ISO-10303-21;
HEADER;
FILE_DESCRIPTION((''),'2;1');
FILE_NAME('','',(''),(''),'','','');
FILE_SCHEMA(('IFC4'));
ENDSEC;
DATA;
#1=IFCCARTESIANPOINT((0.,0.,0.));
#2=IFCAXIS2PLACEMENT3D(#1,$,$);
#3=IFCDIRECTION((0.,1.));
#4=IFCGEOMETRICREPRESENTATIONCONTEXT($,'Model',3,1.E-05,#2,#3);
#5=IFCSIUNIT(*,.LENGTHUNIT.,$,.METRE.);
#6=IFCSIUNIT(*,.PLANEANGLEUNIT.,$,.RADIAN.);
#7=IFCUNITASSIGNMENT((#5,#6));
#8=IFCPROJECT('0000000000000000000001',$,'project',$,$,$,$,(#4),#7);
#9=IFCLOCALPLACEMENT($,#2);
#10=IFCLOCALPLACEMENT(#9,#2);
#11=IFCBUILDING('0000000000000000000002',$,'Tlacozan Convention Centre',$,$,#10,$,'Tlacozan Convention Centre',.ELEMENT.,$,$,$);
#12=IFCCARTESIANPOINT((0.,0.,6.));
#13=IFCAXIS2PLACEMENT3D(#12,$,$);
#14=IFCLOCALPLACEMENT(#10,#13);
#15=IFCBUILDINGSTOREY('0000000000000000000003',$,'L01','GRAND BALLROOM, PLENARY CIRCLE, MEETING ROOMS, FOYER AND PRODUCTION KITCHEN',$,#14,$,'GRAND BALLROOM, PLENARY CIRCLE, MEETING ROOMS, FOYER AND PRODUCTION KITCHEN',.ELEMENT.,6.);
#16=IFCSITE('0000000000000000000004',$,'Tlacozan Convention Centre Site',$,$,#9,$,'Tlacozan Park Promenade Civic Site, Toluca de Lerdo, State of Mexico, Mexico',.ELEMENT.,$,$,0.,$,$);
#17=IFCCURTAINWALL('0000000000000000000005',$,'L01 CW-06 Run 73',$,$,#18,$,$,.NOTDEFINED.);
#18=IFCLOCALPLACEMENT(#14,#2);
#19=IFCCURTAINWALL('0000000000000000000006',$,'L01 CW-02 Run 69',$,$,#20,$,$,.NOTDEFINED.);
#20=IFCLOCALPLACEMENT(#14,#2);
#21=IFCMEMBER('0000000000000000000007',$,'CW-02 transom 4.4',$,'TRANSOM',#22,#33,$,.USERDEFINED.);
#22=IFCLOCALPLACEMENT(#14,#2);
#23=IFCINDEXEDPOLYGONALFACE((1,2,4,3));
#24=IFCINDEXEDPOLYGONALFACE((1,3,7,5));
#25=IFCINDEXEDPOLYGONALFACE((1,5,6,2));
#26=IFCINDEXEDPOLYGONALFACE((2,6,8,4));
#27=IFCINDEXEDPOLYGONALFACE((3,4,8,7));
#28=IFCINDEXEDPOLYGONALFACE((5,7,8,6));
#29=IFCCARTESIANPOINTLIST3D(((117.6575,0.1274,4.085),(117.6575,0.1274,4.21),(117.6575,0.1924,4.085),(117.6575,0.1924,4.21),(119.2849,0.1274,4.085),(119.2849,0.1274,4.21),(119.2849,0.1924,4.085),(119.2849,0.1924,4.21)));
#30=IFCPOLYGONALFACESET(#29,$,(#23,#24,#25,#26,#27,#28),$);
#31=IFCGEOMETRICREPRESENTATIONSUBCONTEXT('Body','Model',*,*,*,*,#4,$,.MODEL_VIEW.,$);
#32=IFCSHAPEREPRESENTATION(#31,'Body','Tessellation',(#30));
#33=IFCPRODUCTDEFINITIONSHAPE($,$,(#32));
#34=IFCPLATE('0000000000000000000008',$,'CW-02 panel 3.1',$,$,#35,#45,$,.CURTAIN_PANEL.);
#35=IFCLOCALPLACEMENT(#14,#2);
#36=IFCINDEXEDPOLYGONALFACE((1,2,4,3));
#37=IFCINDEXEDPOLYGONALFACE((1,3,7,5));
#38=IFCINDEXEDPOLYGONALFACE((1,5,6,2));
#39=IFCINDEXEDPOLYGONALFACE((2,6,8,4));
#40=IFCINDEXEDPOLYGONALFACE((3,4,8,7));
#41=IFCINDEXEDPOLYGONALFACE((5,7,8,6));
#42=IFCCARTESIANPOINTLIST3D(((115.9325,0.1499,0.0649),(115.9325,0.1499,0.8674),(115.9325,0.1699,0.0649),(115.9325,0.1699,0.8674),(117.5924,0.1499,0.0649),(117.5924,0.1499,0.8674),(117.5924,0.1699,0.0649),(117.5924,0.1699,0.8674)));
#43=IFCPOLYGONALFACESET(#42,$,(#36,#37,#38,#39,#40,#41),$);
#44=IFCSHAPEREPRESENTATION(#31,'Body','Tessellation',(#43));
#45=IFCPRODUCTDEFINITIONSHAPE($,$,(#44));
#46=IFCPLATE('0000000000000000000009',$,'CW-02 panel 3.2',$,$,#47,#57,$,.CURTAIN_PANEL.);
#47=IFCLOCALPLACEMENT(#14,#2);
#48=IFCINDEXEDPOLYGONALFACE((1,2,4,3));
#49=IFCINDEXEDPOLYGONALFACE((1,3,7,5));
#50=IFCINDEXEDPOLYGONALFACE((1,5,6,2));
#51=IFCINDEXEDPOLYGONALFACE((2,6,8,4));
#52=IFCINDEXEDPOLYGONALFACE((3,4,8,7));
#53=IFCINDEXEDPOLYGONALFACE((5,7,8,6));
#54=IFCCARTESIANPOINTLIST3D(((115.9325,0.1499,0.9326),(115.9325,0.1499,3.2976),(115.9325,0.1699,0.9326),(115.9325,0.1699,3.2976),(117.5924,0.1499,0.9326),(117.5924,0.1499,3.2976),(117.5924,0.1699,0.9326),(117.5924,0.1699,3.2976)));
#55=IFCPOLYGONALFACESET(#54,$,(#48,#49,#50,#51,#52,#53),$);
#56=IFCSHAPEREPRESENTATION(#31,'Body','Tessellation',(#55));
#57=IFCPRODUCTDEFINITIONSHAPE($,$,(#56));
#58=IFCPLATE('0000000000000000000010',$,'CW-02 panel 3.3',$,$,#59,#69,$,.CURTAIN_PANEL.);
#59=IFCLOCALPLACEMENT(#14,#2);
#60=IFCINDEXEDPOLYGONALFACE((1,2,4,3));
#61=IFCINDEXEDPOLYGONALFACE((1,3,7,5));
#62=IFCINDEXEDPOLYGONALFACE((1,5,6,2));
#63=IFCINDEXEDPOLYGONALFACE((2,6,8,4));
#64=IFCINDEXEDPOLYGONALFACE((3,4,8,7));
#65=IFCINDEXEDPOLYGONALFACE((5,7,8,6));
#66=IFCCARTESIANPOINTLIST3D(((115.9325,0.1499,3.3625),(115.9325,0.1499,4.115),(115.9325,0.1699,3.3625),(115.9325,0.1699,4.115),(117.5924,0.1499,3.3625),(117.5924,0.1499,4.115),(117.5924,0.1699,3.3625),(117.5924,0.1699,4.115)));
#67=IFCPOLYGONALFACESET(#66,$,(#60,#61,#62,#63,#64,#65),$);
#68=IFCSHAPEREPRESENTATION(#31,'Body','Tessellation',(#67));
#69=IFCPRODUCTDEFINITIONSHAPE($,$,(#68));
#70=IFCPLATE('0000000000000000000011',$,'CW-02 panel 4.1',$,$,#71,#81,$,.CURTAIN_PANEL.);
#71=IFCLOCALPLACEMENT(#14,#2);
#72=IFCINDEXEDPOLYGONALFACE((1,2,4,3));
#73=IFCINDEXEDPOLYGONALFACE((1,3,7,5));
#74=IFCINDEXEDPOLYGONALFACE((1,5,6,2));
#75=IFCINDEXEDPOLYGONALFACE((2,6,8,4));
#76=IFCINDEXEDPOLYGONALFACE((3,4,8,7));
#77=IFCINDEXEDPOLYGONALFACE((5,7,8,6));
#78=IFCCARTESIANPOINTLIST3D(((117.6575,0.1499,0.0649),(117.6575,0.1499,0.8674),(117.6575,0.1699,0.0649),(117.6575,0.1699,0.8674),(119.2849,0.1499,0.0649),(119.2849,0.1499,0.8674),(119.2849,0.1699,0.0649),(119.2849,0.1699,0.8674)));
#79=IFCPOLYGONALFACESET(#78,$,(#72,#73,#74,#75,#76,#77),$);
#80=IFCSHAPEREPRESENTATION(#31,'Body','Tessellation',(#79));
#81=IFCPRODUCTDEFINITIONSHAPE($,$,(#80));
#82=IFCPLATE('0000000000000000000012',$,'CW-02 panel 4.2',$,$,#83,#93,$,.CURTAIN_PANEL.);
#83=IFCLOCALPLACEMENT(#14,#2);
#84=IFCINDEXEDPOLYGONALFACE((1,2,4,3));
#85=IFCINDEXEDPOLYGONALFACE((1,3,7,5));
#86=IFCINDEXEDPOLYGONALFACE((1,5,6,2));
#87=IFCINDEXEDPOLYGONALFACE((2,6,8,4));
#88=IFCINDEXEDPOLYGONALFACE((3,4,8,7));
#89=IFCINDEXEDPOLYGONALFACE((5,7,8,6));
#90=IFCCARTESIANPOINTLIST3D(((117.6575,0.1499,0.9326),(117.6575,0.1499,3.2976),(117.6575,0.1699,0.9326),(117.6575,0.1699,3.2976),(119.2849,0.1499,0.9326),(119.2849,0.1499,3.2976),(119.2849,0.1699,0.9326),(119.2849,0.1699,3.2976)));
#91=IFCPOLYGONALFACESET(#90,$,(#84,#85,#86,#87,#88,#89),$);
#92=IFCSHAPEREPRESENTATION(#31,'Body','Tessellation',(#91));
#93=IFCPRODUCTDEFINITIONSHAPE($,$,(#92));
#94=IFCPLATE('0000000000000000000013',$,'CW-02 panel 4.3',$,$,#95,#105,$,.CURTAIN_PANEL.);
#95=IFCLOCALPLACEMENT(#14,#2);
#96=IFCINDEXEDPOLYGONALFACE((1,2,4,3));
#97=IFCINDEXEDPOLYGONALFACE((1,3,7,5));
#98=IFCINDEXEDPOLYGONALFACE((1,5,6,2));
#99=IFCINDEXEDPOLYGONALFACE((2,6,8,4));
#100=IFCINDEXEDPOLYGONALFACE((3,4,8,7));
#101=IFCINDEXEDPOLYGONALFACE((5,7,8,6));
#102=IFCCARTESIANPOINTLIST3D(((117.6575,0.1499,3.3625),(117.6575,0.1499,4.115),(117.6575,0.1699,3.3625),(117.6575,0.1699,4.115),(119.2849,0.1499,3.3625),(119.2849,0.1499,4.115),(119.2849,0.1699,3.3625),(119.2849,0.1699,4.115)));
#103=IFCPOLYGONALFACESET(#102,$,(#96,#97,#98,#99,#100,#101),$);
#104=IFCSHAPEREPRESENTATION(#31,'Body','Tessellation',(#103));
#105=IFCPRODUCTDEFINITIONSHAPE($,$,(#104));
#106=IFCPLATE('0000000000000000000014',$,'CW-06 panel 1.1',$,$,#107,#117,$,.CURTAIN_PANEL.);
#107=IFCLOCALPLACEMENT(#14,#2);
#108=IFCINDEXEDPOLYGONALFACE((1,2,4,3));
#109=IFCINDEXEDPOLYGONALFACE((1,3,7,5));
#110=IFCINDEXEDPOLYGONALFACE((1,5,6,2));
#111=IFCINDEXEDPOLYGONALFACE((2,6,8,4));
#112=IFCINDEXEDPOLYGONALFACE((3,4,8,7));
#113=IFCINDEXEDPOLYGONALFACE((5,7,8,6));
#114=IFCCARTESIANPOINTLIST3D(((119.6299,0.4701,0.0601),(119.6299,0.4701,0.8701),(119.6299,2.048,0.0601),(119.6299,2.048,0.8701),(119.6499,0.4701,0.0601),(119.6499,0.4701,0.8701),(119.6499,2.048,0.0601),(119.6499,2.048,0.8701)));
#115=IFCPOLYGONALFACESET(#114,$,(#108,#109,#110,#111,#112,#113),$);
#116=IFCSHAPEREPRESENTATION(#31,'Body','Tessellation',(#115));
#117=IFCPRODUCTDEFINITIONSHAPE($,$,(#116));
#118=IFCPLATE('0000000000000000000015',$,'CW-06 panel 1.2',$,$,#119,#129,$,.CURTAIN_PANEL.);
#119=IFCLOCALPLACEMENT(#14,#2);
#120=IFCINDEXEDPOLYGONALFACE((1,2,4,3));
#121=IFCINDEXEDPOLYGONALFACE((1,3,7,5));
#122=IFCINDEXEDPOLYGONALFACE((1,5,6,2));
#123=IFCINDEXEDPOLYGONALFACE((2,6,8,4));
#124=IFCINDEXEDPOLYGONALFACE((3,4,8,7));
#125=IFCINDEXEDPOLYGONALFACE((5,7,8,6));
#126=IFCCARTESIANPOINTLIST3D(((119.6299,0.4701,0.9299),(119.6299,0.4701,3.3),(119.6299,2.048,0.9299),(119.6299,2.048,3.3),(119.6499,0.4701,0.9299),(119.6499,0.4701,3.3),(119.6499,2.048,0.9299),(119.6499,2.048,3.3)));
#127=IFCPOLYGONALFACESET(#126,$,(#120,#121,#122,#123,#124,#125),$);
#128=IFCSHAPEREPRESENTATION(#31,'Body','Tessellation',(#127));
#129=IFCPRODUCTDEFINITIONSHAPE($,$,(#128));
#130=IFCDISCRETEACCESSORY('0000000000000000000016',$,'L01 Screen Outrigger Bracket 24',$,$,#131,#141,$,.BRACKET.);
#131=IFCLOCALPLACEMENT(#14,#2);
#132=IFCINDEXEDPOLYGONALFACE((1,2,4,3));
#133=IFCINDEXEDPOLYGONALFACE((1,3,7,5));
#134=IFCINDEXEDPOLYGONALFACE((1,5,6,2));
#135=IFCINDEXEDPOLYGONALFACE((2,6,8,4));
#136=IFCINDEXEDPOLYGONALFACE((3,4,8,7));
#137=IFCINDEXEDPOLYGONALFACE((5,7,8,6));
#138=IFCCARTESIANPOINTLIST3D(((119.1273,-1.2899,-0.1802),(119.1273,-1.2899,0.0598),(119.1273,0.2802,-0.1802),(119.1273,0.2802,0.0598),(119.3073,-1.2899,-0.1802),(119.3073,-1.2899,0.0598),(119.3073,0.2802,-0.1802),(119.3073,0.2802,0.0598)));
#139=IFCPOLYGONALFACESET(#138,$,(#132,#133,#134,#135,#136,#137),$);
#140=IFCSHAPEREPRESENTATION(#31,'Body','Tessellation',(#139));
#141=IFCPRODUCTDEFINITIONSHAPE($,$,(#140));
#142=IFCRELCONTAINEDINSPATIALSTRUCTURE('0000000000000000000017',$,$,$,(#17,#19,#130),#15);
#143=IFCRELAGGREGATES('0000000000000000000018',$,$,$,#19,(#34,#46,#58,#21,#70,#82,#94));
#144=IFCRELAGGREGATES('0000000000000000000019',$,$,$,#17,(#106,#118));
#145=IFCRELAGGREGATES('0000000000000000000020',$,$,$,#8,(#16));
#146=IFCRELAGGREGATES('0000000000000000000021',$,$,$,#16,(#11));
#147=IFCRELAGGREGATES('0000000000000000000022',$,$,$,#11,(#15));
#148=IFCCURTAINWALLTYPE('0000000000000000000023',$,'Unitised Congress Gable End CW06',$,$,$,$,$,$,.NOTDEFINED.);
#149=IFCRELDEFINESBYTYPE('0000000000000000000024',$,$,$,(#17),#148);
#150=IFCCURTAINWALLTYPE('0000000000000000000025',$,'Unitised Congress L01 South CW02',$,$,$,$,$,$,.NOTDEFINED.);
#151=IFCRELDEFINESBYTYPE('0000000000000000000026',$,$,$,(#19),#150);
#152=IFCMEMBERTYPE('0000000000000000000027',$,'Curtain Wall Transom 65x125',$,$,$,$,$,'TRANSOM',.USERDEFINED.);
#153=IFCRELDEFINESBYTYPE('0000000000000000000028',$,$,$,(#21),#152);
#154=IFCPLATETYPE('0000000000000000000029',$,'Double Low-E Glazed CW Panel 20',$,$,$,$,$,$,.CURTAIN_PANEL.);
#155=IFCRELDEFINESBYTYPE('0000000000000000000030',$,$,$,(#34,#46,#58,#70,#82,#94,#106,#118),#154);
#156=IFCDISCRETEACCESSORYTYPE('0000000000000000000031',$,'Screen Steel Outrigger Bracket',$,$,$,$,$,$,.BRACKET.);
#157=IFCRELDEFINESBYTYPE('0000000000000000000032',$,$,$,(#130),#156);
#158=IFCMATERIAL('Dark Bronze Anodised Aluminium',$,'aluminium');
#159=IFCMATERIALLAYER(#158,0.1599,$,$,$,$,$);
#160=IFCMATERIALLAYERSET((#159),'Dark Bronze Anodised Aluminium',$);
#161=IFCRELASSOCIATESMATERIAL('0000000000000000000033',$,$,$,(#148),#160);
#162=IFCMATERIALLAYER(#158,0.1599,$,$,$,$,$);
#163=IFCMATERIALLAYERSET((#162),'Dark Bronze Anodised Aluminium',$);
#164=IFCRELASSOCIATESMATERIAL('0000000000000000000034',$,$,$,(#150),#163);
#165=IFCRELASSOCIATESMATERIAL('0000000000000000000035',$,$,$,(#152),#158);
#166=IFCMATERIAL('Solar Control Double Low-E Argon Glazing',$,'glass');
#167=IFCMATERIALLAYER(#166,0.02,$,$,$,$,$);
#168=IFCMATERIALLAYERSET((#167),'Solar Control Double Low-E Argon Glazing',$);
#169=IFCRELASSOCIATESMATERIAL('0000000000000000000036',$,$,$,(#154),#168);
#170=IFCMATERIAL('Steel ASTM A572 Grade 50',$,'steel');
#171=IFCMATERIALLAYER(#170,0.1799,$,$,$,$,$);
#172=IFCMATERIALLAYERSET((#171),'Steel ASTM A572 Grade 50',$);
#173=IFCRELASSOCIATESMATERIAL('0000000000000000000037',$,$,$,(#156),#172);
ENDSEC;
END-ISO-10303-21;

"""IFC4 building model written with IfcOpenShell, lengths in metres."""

from ifc_helpers import new_model, si_unit, direction, frame, origin, origin_2d, place, context, subcontext, project, spatial, rectangle, extrude, material, layer, layer_set, material_profile, profile_set, type_object, element, aggregate, save


model = new_model("IFC4")

# Units and contexts
model_context = context("Model", 3, precision=1e-05, world=origin(), true_north=direction((0.0, 1.0)))
body_context = subcontext(model_context, "Body", "Model", "MODEL_VIEW")
ifc_project = project(units=[si_unit("LENGTHUNIT", "METRE"), si_unit("PLANEANGLEUNIT", "RADIAN")], contexts=[model_context])

# Site, building, storey
site_placement = place(None, origin())
site = spatial("IfcSite", under=ifc_project, at=site_placement, Name="Tlacozan Convention Centre Site", LongName="Tlacozan Park Promenade Civic Site, Toluca de Lerdo, State of Mexico, Mexico", CompositionType="ELEMENT", RefElevation=0.0)
building_placement = place(site_placement, origin())
building = spatial("IfcBuilding", under=site, at=building_placement, Name="Tlacozan Convention Centre", LongName="Tlacozan Convention Centre", CompositionType="ELEMENT")
storey_placement = place(building_placement, frame((0.0, 0.0, 6.0)))
storey = spatial("IfcBuildingStorey", under=building, at=storey_placement, Name="L01", Description="GRAND BALLROOM, PLENARY CIRCLE, MEETING ROOMS, FOYER AND PRODUCTION KITCHEN", LongName="GRAND BALLROOM, PLENARY CIRCLE, MEETING ROOMS, FOYER AND PRODUCTION KITCHEN", CompositionType="ELEMENT", Elevation=6.0)

# Curtain wall
ifc_material_1 = material(Name="Dark Bronze Anodised Aluminium", Category="aluminium")
ifc_layer_1 = layer(ifc_material_1, 0.1599)
ifc_layer_set_1 = layer_set([ifc_layer_1], Name="Dark Bronze Anodised Aluminium")
curtain_wall_type_1 = type_object("IfcCurtainWallType", Name="Unitised Congress Gable End CW06", PredefinedType="NOTDEFINED", material=ifc_layer_set_1)
curtain_wall_1_placement = place(storey_placement, origin())
curtain_wall_1 = element("IfcCurtainWall", 1, at=curtain_wall_1_placement, inside=storey, type_object=curtain_wall_type_1, Name="L01 CW-06 Run 73", PredefinedType="NOTDEFINED")

# Curtain wall, member, plates
ifc_layer_2 = layer(ifc_material_1, 0.1599)
ifc_layer_set_2 = layer_set([ifc_layer_2], Name="Dark Bronze Anodised Aluminium")
curtain_wall_type_2 = type_object("IfcCurtainWallType", Name="Unitised Congress L01 South CW02", PredefinedType="NOTDEFINED", material=ifc_layer_set_2)
curtain_wall_2_placement = place(storey_placement, origin())
curtain_wall_2 = element("IfcCurtainWall", 2, at=curtain_wall_2_placement, inside=storey, type_object=curtain_wall_type_2, Name="L01 CW-02 Run 69", PredefinedType="NOTDEFINED")
ifc_material_profile_1 = material_profile(ifc_material_1, rectangle(XDim=0.0649, YDim=0.125, at=origin_2d()), Name="ALU 65x125")
ifc_profile_set_1 = profile_set([ifc_material_profile_1], Name="Dark Bronze Anodised Aluminium")
member_type_1 = type_object("IfcMemberType", Name="Curtain Wall Transom 65x125", ElementType="TRANSOM", PredefinedType="USERDEFINED", material=ifc_profile_set_1)
member_1_placement = place(storey_placement, frame((117.6575, 0.1599, 4.1475), z_axis=(1.0, 0.0, 0.0), x_axis=(0.0, 1.0, 0.0)))
member_1 = element("IfcMember", 3, at=member_1_placement, type_object=member_type_1, Name="CW-02 transom 4.4", ObjectType="TRANSOM", PredefinedType="USERDEFINED", context=body_context, shape_type="SweptSolid", body=[
    extrude(rectangle(XDim=0.0649, YDim=0.125, at=origin_2d()), origin(), (0.0, 0.0, 1.0), 1.6274),
])
ifc_material_2 = material(Name="Solar Control Double Low-E Argon Glazing", Category="glass")
ifc_layer_3 = layer(ifc_material_2, 0.02)
ifc_layer_set_3 = layer_set([ifc_layer_3], Name="Solar Control Double Low-E Argon Glazing")
plate_type = type_object("IfcPlateType", Name="Double Low-E Glazed CW Panel 20", PredefinedType="CURTAIN_PANEL", material=ifc_layer_set_3)
plate_1_placement = place(storey_placement, frame((116.7625, 0.1599, 0.0649), z_axis=(0.0, 0.0, 1.0), x_axis=(1.0, 0.0, 0.0)))
plate_1 = element("IfcPlate", 4, at=plate_1_placement, type_object=plate_type, Name="CW-02 panel 3.1", PredefinedType="CURTAIN_PANEL", context=body_context, shape_type="SweptSolid", body=[
    extrude(rectangle(XDim=1.6599, YDim=0.02, at=origin_2d()), origin(), (0.0, 0.0, 1.0), 0.8025),
])
plate_2_placement = place(storey_placement, frame((116.7625, 0.1599, 0.9326), z_axis=(0.0, 0.0, 1.0), x_axis=(1.0, 0.0, 0.0)))
plate_2 = element("IfcPlate", 5, at=plate_2_placement, type_object=plate_type, Name="CW-02 panel 3.2", PredefinedType="CURTAIN_PANEL", context=body_context, shape_type="SweptSolid", body=[
    extrude(rectangle(XDim=1.6599, YDim=0.02, at=origin_2d()), origin(), (0.0, 0.0, 1.0), 2.365),
])
plate_3_placement = place(storey_placement, frame((116.7625, 0.1599, 3.3625), z_axis=(0.0, 0.0, 1.0), x_axis=(1.0, 0.0, 0.0)))
plate_3 = element("IfcPlate", 6, at=plate_3_placement, type_object=plate_type, Name="CW-02 panel 3.3", PredefinedType="CURTAIN_PANEL", context=body_context, shape_type="SweptSolid", body=[
    extrude(rectangle(XDim=1.6599, YDim=0.02, at=origin_2d()), origin(), (0.0, 0.0, 1.0), 0.7524),
])
plate_4_placement = place(storey_placement, frame((118.4712, 0.1599, 0.0649), z_axis=(0.0, 0.0, 1.0), x_axis=(1.0, 0.0, 0.0)))
plate_4 = element("IfcPlate", 7, at=plate_4_placement, type_object=plate_type, Name="CW-02 panel 4.1", PredefinedType="CURTAIN_PANEL", context=body_context, shape_type="SweptSolid", body=[
    extrude(rectangle(XDim=1.6274, YDim=0.02, at=origin_2d()), origin(), (0.0, 0.0, 1.0), 0.8025),
])
plate_5_placement = place(storey_placement, frame((118.4712, 0.1599, 0.9326), z_axis=(0.0, 0.0, 1.0), x_axis=(1.0, 0.0, 0.0)))
plate_5 = element("IfcPlate", 8, at=plate_5_placement, type_object=plate_type, Name="CW-02 panel 4.2", PredefinedType="CURTAIN_PANEL", context=body_context, shape_type="SweptSolid", body=[
    extrude(rectangle(XDim=1.6274, YDim=0.02, at=origin_2d()), origin(), (0.0, 0.0, 1.0), 2.365),
])
plate_6_placement = place(storey_placement, frame((118.4712, 0.1599, 3.3625), z_axis=(0.0, 0.0, 1.0), x_axis=(1.0, 0.0, 0.0)))
plate_6 = element("IfcPlate", 9, at=plate_6_placement, type_object=plate_type, Name="CW-02 panel 4.3", PredefinedType="CURTAIN_PANEL", context=body_context, shape_type="SweptSolid", body=[
    extrude(rectangle(XDim=1.6274, YDim=0.02, at=origin_2d()), origin(), (0.0, 0.0, 1.0), 0.7524),
])
aggregate(curtain_wall_2, [plate_1, plate_2, plate_3, member_1, plate_4, plate_5, plate_6])

# Plates
plate_7_placement = place(storey_placement, frame((119.6399, 1.259, 0.0601), z_axis=(0.0, 0.0, 1.0), x_axis=(0.0, 1.0, 0.0)))
plate_7 = element("IfcPlate", 10, at=plate_7_placement, type_object=plate_type, Name="CW-06 panel 1.1", PredefinedType="CURTAIN_PANEL", context=body_context, shape_type="SweptSolid", body=[
    extrude(rectangle(XDim=1.5779, YDim=0.02, at=origin_2d()), origin(), (0.0, 0.0, 1.0), 0.8101),
])
plate_8_placement = place(storey_placement, frame((119.6399, 1.259, 0.9299), z_axis=(0.0, 0.0, 1.0), x_axis=(0.0, 1.0, 0.0)))
plate_8 = element("IfcPlate", 11, at=plate_8_placement, type_object=plate_type, Name="CW-06 panel 1.2", PredefinedType="CURTAIN_PANEL", context=body_context, shape_type="SweptSolid", body=[
    extrude(rectangle(XDim=1.5779, YDim=0.02, at=origin_2d()), origin(), (0.0, 0.0, 1.0), 2.3701),
])
aggregate(curtain_wall_1, [plate_7, plate_8])

# Discrete accessory
ifc_material_3 = material(Name="Steel ASTM A572 Grade 50", Category="steel")
ifc_layer_4 = layer(ifc_material_3, 0.1799)
ifc_layer_set_4 = layer_set([ifc_layer_4], Name="Steel ASTM A572 Grade 50")
discrete_accessory_type = type_object("IfcDiscreteAccessoryType", Name="Screen Steel Outrigger Bracket", PredefinedType="BRACKET", material=ifc_layer_set_4)
discrete_accessory_placement = place(storey_placement, frame((119.2173, -0.5049, -0.1802), z_axis=(0.0, 0.0, 1.0), x_axis=(0.0, 1.0, 0.0)))
element("IfcDiscreteAccessory", 12, at=discrete_accessory_placement, inside=storey, type_object=discrete_accessory_type, Name="L01 Screen Outrigger Bracket 24", PredefinedType="BRACKET", context=body_context, shape_type="SweptSolid", body=[
    extrude(rectangle(XDim=1.5701, YDim=0.1799, at=origin_2d()), origin(), (0.0, 0.0, 1.0), 0.24),
])

save(model, "model.ifc")
